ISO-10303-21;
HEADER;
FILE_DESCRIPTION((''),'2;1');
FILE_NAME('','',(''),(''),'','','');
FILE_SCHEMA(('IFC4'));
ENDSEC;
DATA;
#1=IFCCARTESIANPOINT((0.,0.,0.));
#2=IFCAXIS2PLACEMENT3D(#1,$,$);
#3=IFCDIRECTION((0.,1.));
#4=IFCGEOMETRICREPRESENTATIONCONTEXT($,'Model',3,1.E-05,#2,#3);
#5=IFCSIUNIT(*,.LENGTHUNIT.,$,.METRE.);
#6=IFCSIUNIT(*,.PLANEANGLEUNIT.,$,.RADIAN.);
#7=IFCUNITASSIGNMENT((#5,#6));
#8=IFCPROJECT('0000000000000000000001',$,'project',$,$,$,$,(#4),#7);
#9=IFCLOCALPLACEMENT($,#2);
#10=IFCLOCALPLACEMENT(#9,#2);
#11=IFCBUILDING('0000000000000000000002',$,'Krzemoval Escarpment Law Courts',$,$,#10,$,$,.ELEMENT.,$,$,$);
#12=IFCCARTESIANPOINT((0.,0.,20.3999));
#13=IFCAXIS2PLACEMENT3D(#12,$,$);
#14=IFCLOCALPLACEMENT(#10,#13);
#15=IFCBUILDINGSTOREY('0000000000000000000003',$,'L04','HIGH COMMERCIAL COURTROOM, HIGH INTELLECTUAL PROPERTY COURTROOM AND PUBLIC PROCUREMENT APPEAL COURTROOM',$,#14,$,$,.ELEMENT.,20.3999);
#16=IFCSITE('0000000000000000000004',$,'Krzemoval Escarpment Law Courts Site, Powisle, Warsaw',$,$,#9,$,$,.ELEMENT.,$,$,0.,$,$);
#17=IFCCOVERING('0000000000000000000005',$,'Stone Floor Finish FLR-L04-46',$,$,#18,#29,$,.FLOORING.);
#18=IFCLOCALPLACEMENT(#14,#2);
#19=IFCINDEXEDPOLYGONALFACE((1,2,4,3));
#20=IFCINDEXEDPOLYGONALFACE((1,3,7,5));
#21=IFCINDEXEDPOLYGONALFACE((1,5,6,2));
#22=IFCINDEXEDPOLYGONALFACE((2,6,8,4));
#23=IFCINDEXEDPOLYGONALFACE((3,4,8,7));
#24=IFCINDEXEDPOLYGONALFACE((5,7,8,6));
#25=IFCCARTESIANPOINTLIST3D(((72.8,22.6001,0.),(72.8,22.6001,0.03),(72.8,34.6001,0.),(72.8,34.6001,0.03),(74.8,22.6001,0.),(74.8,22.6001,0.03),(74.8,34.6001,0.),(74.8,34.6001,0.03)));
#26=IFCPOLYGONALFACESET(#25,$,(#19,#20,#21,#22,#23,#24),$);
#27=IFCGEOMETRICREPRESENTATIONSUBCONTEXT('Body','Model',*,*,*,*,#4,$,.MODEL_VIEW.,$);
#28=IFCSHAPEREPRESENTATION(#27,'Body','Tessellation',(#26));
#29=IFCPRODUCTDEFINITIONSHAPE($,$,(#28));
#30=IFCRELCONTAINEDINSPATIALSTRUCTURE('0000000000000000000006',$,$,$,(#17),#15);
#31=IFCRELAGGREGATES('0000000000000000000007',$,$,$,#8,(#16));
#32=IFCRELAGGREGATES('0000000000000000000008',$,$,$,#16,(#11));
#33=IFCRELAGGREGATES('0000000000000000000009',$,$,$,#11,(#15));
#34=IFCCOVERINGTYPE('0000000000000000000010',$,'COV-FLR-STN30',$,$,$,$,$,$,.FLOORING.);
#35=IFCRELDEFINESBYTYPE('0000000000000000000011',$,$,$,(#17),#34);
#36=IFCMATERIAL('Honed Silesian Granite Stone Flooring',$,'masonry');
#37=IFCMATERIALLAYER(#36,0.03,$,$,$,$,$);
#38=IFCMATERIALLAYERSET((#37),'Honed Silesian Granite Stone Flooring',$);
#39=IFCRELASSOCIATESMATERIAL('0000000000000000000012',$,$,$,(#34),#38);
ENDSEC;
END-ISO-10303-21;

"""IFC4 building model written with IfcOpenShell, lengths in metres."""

from ifc_helpers import new_model, si_unit, direction, frame, origin, place, context, subcontext, project, spatial, polyline, outline, extrude, material, layer, layer_set, type_object, element, save


model = new_model("IFC4")

# Units and contexts
model_context = context("Model", 3, precision=1e-05, world=origin(), true_north=direction((0.0, 1.0)))
body_context = subcontext(model_context, "Body", "Model", "MODEL_VIEW")
ifc_project = project(units=[si_unit("LENGTHUNIT", "METRE"), si_unit("PLANEANGLEUNIT", "RADIAN")], contexts=[model_context])

# Site, building, storey
site_placement = place(None, origin())
site = spatial("IfcSite", under=ifc_project, at=site_placement, Name="Krzemoval Escarpment Law Courts Site, Powisle, Warsaw", CompositionType="ELEMENT", RefElevation=0.0)
building_placement = place(site_placement, origin())
building = spatial("IfcBuilding", under=site, at=building_placement, Name="Krzemoval Escarpment Law Courts", CompositionType="ELEMENT")
storey_placement = place(building_placement, frame((0.0, 0.0, 20.3999)))
storey = spatial("IfcBuildingStorey", under=building, at=storey_placement, Name="L04", Description="HIGH COMMERCIAL COURTROOM, HIGH INTELLECTUAL PROPERTY COURTROOM AND PUBLIC PROCUREMENT APPEAL COURTROOM", CompositionType="ELEMENT", Elevation=20.3999)

# Covering
ifc_material_1 = material(Name="Honed Silesian Granite Stone Flooring", Category="masonry")
ifc_layer_1 = layer(ifc_material_1, 0.03)
ifc_layer_set_1 = layer_set([ifc_layer_1], Name="Honed Silesian Granite Stone Flooring")
covering_type = type_object("IfcCoveringType", Name="COV-FLR-STN30", PredefinedType="FLOORING", material=ifc_layer_set_1)
covering_1_placement = place(storey_placement, origin())
element("IfcCovering", 1, at=covering_1_placement, inside=storey, type_object=covering_type, Name="Stone Floor Finish FLR-L04-46", PredefinedType="FLOORING", context=body_context, shape_type="SweptSolid", body=[
    extrude(outline(polyline([(72.8, 22.6001), (72.8, 34.6001), (74.8, 34.6001), (74.8, 22.6001), (72.8, 22.6001)])), origin(), (0.0, 0.0, 1.0), 0.03),
])

save(model, "model.ifc")
